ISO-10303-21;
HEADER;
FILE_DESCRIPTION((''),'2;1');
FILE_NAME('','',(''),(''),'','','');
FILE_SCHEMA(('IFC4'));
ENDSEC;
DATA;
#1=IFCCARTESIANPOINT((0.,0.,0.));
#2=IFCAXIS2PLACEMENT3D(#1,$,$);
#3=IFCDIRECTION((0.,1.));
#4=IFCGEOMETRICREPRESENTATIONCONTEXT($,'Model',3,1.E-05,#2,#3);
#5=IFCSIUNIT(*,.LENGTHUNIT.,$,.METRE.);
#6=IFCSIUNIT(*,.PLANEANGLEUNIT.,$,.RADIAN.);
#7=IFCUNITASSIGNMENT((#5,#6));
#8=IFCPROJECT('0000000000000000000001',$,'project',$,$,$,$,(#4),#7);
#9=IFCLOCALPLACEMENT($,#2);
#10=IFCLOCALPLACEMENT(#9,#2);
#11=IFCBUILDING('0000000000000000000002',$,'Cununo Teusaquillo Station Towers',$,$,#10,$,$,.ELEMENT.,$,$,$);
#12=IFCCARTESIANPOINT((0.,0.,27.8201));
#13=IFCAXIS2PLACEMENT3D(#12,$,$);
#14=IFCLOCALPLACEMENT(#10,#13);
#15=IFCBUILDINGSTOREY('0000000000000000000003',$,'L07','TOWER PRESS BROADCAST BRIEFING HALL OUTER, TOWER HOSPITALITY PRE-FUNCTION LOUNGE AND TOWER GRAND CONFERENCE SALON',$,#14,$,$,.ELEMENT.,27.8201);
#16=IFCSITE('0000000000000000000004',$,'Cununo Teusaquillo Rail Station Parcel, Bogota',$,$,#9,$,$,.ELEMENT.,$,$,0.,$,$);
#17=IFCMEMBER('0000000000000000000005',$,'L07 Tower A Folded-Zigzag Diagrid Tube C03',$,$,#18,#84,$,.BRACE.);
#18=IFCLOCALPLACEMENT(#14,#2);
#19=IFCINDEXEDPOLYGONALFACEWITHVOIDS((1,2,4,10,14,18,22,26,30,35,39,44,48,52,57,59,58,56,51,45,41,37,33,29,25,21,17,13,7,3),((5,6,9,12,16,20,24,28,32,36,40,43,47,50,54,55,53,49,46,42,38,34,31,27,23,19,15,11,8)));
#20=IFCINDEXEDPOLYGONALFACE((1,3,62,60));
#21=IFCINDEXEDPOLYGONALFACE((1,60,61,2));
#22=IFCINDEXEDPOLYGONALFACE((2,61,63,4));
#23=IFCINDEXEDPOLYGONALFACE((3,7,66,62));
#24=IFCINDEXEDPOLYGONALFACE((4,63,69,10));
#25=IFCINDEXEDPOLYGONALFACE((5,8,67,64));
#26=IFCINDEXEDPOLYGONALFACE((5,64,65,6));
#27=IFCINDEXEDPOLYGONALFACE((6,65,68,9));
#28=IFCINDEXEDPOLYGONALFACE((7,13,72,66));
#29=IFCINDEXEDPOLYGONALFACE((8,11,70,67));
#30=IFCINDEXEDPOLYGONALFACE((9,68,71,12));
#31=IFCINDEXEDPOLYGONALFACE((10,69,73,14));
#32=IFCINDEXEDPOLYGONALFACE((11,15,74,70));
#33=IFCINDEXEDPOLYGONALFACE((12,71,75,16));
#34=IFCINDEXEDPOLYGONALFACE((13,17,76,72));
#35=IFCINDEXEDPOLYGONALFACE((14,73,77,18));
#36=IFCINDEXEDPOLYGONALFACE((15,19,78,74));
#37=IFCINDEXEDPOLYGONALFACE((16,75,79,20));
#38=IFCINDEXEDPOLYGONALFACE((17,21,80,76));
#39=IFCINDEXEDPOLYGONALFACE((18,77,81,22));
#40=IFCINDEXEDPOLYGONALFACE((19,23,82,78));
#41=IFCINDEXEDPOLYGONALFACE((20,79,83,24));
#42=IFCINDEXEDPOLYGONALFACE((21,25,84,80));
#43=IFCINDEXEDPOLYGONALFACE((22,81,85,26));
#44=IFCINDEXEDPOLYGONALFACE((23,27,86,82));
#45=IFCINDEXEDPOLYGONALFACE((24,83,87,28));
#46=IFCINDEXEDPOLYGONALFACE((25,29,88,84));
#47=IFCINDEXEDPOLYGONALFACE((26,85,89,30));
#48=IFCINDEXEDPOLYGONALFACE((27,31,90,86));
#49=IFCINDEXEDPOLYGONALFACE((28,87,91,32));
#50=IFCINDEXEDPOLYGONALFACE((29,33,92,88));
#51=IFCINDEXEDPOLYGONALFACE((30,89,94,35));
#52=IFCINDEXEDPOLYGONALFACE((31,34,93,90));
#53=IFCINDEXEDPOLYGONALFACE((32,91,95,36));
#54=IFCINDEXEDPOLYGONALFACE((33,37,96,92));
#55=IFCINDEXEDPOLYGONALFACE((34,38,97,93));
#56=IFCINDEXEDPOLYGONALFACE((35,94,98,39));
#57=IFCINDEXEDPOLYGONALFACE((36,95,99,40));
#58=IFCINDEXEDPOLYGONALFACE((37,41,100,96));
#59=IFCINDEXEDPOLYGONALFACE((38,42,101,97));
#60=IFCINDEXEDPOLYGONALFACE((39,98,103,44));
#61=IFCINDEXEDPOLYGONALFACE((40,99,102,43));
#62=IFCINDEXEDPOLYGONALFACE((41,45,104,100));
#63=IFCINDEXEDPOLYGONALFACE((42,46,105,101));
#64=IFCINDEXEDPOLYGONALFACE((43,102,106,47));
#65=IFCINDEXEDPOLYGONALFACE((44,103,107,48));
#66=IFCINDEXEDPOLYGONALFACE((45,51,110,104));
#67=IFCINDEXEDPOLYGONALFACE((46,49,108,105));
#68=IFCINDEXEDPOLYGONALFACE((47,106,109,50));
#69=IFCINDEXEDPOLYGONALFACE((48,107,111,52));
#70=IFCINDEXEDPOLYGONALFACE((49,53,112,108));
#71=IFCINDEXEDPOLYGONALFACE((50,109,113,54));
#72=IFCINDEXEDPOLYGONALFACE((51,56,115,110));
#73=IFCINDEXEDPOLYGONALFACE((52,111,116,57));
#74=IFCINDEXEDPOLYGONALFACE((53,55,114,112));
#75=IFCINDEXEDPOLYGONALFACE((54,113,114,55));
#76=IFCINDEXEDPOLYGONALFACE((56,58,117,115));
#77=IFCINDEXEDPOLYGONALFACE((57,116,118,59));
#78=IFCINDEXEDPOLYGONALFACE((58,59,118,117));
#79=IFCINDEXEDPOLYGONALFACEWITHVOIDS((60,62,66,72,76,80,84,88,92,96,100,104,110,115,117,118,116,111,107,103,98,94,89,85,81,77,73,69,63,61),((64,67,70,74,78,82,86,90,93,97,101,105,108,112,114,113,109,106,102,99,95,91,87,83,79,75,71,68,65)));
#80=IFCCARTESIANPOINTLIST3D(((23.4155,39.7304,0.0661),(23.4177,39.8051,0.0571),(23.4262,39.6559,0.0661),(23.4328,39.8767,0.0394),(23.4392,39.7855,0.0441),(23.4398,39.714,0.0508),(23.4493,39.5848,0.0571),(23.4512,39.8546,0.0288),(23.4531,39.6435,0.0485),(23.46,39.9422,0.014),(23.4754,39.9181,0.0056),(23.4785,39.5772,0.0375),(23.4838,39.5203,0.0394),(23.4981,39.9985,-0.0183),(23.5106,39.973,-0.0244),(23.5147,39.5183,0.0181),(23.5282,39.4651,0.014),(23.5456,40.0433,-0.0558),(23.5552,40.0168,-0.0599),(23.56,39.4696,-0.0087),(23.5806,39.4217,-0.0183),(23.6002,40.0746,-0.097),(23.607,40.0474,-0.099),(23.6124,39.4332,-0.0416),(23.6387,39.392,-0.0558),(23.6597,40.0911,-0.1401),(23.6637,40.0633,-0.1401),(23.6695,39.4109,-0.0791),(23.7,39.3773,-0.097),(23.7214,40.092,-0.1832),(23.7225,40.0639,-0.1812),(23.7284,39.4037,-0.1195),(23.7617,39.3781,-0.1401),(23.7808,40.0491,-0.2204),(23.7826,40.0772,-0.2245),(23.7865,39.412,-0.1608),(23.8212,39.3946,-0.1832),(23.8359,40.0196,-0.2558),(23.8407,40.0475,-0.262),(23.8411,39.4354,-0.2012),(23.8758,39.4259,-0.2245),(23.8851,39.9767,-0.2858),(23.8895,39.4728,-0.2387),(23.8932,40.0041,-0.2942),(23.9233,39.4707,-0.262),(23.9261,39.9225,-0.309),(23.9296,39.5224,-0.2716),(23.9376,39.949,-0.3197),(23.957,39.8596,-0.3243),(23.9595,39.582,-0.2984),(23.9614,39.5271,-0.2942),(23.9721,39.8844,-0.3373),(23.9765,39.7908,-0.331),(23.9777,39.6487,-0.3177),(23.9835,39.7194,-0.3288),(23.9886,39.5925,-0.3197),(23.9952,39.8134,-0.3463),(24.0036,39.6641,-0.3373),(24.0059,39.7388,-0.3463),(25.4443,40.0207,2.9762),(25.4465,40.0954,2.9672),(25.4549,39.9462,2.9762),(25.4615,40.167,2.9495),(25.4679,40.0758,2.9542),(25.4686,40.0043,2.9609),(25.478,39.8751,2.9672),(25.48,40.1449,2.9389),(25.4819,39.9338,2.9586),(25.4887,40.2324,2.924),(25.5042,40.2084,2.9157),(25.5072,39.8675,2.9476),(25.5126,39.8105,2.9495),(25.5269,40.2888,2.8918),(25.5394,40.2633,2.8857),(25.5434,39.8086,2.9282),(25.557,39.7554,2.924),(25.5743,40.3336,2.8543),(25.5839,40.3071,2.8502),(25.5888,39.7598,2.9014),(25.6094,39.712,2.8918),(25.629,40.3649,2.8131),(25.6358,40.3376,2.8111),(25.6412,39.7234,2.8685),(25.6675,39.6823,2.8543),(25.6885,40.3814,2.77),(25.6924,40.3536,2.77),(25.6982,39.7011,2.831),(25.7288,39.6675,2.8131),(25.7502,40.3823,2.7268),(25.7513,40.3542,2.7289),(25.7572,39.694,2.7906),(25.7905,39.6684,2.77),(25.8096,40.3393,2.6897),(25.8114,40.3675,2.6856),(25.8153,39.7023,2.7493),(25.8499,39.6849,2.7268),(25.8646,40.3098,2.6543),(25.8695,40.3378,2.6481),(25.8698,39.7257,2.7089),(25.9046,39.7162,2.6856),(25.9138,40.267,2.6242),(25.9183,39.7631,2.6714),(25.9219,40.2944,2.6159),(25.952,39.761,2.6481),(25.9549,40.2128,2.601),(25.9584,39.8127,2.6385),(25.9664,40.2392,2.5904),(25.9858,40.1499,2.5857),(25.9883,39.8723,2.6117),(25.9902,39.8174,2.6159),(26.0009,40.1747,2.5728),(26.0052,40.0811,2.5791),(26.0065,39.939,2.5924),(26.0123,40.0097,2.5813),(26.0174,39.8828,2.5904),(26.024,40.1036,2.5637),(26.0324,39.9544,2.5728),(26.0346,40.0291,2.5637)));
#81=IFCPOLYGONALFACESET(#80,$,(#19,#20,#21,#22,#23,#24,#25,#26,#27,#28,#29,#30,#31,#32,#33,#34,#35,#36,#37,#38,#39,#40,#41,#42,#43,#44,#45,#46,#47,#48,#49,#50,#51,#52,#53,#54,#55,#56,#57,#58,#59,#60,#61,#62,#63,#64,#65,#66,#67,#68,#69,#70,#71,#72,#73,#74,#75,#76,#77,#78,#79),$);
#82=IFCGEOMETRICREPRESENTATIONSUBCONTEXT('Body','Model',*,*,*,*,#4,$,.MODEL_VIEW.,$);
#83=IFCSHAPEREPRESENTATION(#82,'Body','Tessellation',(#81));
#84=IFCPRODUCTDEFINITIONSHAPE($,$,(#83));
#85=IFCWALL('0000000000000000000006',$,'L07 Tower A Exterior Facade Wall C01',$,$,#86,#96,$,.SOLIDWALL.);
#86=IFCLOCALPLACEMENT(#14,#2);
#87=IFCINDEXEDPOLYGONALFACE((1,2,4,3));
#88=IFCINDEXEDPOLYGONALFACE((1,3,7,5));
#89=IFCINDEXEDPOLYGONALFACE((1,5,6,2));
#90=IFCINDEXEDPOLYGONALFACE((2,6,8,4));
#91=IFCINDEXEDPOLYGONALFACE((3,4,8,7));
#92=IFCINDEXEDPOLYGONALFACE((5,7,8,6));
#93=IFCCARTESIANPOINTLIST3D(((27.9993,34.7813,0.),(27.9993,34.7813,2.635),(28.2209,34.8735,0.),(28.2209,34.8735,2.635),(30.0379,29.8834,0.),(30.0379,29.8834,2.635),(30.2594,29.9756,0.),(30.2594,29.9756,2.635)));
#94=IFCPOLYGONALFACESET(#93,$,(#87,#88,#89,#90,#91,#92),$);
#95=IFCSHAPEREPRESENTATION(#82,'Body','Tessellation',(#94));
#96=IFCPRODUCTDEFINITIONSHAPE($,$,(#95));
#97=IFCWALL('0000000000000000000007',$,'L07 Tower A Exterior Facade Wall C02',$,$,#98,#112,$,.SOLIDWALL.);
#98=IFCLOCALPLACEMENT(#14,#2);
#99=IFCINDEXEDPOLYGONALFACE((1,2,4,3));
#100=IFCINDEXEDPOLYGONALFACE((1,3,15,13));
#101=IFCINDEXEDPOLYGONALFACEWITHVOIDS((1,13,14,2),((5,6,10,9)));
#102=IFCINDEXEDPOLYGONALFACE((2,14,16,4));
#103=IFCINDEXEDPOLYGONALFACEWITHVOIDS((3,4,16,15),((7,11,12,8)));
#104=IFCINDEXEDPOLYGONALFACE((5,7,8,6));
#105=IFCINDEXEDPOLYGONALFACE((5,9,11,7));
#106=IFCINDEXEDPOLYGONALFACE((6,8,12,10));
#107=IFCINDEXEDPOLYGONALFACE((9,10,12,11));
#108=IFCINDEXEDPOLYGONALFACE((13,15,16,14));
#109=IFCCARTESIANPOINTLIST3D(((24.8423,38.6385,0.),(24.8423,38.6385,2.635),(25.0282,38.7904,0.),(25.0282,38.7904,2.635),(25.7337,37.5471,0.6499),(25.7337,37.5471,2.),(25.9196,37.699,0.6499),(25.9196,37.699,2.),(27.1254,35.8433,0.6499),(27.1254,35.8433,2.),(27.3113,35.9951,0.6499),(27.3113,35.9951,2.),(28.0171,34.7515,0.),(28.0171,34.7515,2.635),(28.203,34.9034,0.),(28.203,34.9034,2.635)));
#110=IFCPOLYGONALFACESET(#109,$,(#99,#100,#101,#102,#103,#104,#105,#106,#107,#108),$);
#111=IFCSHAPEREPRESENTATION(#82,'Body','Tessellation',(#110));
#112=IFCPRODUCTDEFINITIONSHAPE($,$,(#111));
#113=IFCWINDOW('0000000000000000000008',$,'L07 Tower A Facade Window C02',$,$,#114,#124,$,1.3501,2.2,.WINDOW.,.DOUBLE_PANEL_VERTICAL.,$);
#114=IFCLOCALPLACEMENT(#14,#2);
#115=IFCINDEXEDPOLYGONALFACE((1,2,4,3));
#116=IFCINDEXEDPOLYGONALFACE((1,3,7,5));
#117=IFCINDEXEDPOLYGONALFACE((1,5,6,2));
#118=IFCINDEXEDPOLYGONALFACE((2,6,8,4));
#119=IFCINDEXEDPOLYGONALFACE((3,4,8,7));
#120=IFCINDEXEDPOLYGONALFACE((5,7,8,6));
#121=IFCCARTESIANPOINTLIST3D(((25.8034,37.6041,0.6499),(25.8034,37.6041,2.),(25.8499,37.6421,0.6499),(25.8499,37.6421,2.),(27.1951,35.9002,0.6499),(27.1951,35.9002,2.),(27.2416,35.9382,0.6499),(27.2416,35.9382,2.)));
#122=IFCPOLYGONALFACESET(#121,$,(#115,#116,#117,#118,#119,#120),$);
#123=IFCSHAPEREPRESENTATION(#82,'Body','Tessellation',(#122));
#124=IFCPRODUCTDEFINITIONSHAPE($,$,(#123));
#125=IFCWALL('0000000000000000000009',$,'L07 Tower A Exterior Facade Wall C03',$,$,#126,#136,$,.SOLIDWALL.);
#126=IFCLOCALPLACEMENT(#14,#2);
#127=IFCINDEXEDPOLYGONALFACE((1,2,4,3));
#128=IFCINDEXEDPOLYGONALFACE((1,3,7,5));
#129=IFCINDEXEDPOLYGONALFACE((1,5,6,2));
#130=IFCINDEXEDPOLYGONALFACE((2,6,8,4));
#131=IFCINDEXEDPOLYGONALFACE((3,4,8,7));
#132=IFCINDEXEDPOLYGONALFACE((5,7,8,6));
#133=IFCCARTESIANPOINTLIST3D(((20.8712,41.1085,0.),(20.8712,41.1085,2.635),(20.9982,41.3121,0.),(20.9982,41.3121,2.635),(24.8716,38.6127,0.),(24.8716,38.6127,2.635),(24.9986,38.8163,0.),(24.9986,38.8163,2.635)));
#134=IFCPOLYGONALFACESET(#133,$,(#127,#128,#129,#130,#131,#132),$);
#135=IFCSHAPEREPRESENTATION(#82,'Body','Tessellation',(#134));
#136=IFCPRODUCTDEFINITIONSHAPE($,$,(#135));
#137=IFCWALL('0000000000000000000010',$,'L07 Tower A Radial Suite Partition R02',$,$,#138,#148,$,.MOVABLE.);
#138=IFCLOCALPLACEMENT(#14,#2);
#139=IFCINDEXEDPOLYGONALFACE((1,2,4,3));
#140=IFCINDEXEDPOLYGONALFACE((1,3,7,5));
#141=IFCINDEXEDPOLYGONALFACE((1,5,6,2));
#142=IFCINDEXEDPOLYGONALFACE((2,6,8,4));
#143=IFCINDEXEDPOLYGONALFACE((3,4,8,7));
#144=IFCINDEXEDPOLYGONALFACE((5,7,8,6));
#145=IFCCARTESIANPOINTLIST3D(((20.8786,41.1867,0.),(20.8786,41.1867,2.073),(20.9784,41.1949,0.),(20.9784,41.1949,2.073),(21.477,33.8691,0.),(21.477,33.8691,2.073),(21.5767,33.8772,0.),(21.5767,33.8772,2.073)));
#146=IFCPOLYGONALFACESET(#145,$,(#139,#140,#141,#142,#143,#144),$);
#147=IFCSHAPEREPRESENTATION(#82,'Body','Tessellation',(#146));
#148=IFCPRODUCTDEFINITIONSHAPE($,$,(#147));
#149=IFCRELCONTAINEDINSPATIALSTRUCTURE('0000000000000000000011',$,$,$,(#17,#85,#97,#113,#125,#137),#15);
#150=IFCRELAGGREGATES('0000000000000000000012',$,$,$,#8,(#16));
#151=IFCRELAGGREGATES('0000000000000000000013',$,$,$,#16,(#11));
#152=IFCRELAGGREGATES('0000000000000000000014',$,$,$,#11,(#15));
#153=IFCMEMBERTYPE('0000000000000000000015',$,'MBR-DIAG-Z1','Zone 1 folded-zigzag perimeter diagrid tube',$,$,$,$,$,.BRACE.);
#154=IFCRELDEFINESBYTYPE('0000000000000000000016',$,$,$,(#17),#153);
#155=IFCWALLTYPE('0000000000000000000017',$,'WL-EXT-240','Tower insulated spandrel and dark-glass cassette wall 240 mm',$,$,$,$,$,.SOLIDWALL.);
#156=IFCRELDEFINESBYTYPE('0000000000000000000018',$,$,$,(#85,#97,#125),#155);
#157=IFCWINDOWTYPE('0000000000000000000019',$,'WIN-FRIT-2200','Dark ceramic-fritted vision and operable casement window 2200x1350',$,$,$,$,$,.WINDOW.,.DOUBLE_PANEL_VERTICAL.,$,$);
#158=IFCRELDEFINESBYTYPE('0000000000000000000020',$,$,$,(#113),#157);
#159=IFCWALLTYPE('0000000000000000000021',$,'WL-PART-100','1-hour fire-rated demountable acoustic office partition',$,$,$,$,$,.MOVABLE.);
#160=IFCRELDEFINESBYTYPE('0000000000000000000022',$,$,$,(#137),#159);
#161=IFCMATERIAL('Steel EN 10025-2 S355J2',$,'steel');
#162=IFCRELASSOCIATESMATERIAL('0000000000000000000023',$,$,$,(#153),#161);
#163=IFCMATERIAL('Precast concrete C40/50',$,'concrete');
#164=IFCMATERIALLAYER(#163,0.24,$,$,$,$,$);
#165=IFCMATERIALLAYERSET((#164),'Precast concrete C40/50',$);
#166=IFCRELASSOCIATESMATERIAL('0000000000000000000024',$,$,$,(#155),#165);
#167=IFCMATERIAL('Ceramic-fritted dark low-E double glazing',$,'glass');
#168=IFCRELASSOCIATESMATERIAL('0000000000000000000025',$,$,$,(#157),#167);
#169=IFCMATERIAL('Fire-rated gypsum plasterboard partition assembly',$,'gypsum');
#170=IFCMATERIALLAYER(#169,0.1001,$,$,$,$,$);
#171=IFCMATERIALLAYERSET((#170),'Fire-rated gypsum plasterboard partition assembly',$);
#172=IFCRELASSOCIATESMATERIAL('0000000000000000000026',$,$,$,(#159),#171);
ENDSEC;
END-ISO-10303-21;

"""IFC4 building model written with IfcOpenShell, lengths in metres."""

from ifc_helpers import new_model, si_unit, direction, frame, frame_2d, origin, origin_2d, place, context, subcontext, project, spatial, rectangle, hollow_circle, extrude, source, transform, mapped, material, layer, layer_set, material_profile, profile_set, type_object, element, fill, save


model = new_model("IFC4")

# Units and contexts
model_context = context("Model", 3, precision=1e-05, world=origin(), true_north=direction((0.0, 1.0)))
body_context = subcontext(model_context, "Body", "Model", "MODEL_VIEW")
ifc_project = project(units=[si_unit("LENGTHUNIT", "METRE"), si_unit("PLANEANGLEUNIT", "RADIAN")], contexts=[model_context])

# Site, building, storey
site_placement = place(None, origin())
site = spatial("IfcSite", under=ifc_project, at=site_placement, Name="Cununo Teusaquillo Rail Station Parcel, Bogota", CompositionType="ELEMENT", RefElevation=0.0)
building_placement = place(site_placement, origin())
building = spatial("IfcBuilding", under=site, at=building_placement, Name="Cununo Teusaquillo Station Towers", CompositionType="ELEMENT")
storey_placement = place(building_placement, frame((0.0, 0.0, 27.8201)))
storey = spatial("IfcBuildingStorey", under=building, at=storey_placement, Name="L07", Description="TOWER PRESS BROADCAST BRIEFING HALL OUTER, TOWER HOSPITALITY PRE-FUNCTION LOUNGE AND TOWER GRAND CONFERENCE SALON", CompositionType="ELEMENT", Elevation=27.8201)

# Member
ifc_material_1 = material(Name="Steel EN 10025-2 S355J2", Category="steel")
ifc_material_profile_1 = material_profile(ifc_material_1, hollow_circle(Radius=0.3601, WallThickness=0.0281, at=origin_2d()), Name="CHS 720x28")
ifc_profile_set_1 = profile_set([ifc_material_profile_1], Name="Steel EN 10025-2 S355J2")
member_type = type_object("IfcMemberType", Name="MBR-DIAG-Z1", Description="Zone 1 folded-zigzag perimeter diagrid tube", PredefinedType="BRACE", material=ifc_profile_set_1)
member_1_placement = place(storey_placement, frame((23.7107, 39.7346, -0.1401), z_axis=(0.569986, 0.081554, 0.817597), x_axis=(-0.141638, 0.989918, 0.0)))
element("IfcMember", 1, at=member_1_placement, inside=storey, type_object=member_type, Name="L07 Tower A Folded-Zigzag Diagrid Tube C03", PredefinedType="BRACE", context=body_context, shape_type="SweptSolid", body=[
    extrude(hollow_circle(Radius=0.3601, WallThickness=0.0281, at=origin_2d()), origin(), (0.0, 0.0, 1.0), 3.5593),
])

# Wall
ifc_material_2 = material(Name="Precast concrete C40/50", Category="concrete")
ifc_layer_1 = layer(ifc_material_2, 0.24)
ifc_layer_set_1 = layer_set([ifc_layer_1], Name="Precast concrete C40/50")
wall_type_1 = type_object("IfcWallType", Name="WL-EXT-240", Description="Tower insulated spandrel and dark-glass cassette wall 240 mm", PredefinedType="SOLIDWALL", material=ifc_layer_set_1)
wall_1_placement = place(storey_placement, frame((28.1101, 34.8274, 0.0), z_axis=(0.0, 0.0, 1.0), x_axis=(0.384256, -0.923227, 0.0)))
element("IfcWall", 2, at=wall_1_placement, inside=storey, type_object=wall_type_1, Name="L07 Tower A Exterior Facade Wall C01", PredefinedType="SOLIDWALL", context=body_context, shape_type="SweptSolid", body=[
    extrude(rectangle(XDim=5.3052, YDim=0.24, at=frame_2d((2.6526, 0.0))), origin(), (0.0, 0.0, 1.0), 2.635),
])

# Wall, opening, window
wall_2_placement = place(storey_placement, frame((24.9353, 38.7144, 0.0), z_axis=(0.0, 0.0, 1.0), x_axis=(0.632589, -0.774488, 0.0)))
wall_2 = element("IfcWall", 3, at=wall_2_placement, inside=storey, type_object=wall_type_1, Name="L07 Tower A Exterior Facade Wall C02", PredefinedType="SOLIDWALL", context=body_context, shape_type="SweptSolid", body=[
    extrude(rectangle(XDim=5.0188, YDim=0.24, at=frame_2d((2.5093, 0.0))), origin(), (0.0, 0.0, 1.0), 2.635),
])
shared_shape_1 = source(origin(), body_context, "Body", "SweptSolid", [
    extrude(rectangle(XDim=2.2, YDim=1.3501, at=frame_2d((1.1001, 0.675))), frame((0.0, 0.1299, 0.0), z_axis=(0.0, -1.0, 0.0), x_axis=(1.0, 0.0, 0.0)), (0.0, 0.0, 1.0), 0.26),
])
opening_1_placement = place(wall_2_placement, frame((1.4089, 0.0, 0.6499)))
opening_1 = element("IfcOpeningElement", 4, at=opening_1_placement, cuts=wall_2, PredefinedType="OPENING", context=body_context, shape_type="MappedRepresentation", body=[
    mapped(shared_shape_1, transform((0.0, 0.0, 0.0), x_axis=(1.0, 0.0, 0.0), y_axis=(0.0, 1.0, 0.0), z_axis=(0.0, 0.0, 1.0), scale=1.0)),
])
ifc_material_3 = material(Name="Ceramic-fritted dark low-E double glazing", Category="glass")
window_type = type_object("IfcWindowType", Name="WIN-FRIT-2200", Description="Dark ceramic-fritted vision and operable casement window 2200x1350", PartitioningType="DOUBLE_PANEL_VERTICAL", PredefinedType="WINDOW", material=ifc_material_3)
shared_shape_2 = source(origin(), body_context, "Body", "SweptSolid", [
    extrude(rectangle(XDim=2.2, YDim=1.3501, at=frame_2d((1.1001, 0.675))), frame((0.0, 0.03, 0.0), z_axis=(0.0, -1.0, 0.0), x_axis=(1.0, 0.0, 0.0)), (0.0, 0.0, 1.0), 0.0601),
])
window_placement = place(opening_1_placement, origin())
window = element("IfcWindow", 5, at=window_placement, inside=storey, type_object=window_type, Name="L07 Tower A Facade Window C02", OverallHeight=1.3501, OverallWidth=2.2, PartitioningType="DOUBLE_PANEL_VERTICAL", PredefinedType="WINDOW", context=body_context, shape_type="MappedRepresentation", body=[
    mapped(shared_shape_2, transform((0.0, 0.0, 0.0), x_axis=(1.0, 0.0, 0.0), y_axis=(0.0, 1.0, 0.0), z_axis=(0.0, 0.0, 1.0), scale=1.0)),
])
fill(opening_1, window)

# Walls
wall_3_placement = place(storey_placement, frame((20.9348, 41.2102, 0.0), z_axis=(0.0, 0.0, 1.0), x_axis=(0.848423, -0.529319, 0.0)))
element("IfcWall", 6, at=wall_3_placement, inside=storey, type_object=wall_type_1, Name="L07 Tower A Exterior Facade Wall C03", PredefinedType="SOLIDWALL", context=body_context, shape_type="SweptSolid", body=[
    extrude(rectangle(XDim=4.7151, YDim=0.24, at=frame_2d((2.3574, 0.0))), origin(), (0.0, 0.0, 1.0), 2.635),
])
ifc_material_4 = material(Name="Fire-rated gypsum plasterboard partition assembly", Category="gypsum")
ifc_layer_2 = layer(ifc_material_4, 0.1001)
ifc_layer_set_2 = layer_set([ifc_layer_2], Name="Fire-rated gypsum plasterboard partition assembly")
wall_type_2 = type_object("IfcWallType", Name="WL-PART-100", Description="1-hour fire-rated demountable acoustic office partition", PredefinedType="MOVABLE", material=ifc_layer_set_2)
wall_4_placement = place(storey_placement, frame((21.5269, 33.8733, 0.0), z_axis=(0.0, 0.0, 1.0), x_axis=(-0.081502, 0.996673, 0.0)))
element("IfcWall", 7, at=wall_4_placement, inside=storey, type_object=wall_type_2, Name="L07 Tower A Radial Suite Partition R02", PredefinedType="MOVABLE", context=body_context, shape_type="SweptSolid", body=[
    extrude(rectangle(XDim=7.342, YDim=0.1001, at=frame_2d((3.6709, 0.0))), origin(), (0.0, 0.0, 1.0), 2.073),
])

save(model, "model.ifc")
